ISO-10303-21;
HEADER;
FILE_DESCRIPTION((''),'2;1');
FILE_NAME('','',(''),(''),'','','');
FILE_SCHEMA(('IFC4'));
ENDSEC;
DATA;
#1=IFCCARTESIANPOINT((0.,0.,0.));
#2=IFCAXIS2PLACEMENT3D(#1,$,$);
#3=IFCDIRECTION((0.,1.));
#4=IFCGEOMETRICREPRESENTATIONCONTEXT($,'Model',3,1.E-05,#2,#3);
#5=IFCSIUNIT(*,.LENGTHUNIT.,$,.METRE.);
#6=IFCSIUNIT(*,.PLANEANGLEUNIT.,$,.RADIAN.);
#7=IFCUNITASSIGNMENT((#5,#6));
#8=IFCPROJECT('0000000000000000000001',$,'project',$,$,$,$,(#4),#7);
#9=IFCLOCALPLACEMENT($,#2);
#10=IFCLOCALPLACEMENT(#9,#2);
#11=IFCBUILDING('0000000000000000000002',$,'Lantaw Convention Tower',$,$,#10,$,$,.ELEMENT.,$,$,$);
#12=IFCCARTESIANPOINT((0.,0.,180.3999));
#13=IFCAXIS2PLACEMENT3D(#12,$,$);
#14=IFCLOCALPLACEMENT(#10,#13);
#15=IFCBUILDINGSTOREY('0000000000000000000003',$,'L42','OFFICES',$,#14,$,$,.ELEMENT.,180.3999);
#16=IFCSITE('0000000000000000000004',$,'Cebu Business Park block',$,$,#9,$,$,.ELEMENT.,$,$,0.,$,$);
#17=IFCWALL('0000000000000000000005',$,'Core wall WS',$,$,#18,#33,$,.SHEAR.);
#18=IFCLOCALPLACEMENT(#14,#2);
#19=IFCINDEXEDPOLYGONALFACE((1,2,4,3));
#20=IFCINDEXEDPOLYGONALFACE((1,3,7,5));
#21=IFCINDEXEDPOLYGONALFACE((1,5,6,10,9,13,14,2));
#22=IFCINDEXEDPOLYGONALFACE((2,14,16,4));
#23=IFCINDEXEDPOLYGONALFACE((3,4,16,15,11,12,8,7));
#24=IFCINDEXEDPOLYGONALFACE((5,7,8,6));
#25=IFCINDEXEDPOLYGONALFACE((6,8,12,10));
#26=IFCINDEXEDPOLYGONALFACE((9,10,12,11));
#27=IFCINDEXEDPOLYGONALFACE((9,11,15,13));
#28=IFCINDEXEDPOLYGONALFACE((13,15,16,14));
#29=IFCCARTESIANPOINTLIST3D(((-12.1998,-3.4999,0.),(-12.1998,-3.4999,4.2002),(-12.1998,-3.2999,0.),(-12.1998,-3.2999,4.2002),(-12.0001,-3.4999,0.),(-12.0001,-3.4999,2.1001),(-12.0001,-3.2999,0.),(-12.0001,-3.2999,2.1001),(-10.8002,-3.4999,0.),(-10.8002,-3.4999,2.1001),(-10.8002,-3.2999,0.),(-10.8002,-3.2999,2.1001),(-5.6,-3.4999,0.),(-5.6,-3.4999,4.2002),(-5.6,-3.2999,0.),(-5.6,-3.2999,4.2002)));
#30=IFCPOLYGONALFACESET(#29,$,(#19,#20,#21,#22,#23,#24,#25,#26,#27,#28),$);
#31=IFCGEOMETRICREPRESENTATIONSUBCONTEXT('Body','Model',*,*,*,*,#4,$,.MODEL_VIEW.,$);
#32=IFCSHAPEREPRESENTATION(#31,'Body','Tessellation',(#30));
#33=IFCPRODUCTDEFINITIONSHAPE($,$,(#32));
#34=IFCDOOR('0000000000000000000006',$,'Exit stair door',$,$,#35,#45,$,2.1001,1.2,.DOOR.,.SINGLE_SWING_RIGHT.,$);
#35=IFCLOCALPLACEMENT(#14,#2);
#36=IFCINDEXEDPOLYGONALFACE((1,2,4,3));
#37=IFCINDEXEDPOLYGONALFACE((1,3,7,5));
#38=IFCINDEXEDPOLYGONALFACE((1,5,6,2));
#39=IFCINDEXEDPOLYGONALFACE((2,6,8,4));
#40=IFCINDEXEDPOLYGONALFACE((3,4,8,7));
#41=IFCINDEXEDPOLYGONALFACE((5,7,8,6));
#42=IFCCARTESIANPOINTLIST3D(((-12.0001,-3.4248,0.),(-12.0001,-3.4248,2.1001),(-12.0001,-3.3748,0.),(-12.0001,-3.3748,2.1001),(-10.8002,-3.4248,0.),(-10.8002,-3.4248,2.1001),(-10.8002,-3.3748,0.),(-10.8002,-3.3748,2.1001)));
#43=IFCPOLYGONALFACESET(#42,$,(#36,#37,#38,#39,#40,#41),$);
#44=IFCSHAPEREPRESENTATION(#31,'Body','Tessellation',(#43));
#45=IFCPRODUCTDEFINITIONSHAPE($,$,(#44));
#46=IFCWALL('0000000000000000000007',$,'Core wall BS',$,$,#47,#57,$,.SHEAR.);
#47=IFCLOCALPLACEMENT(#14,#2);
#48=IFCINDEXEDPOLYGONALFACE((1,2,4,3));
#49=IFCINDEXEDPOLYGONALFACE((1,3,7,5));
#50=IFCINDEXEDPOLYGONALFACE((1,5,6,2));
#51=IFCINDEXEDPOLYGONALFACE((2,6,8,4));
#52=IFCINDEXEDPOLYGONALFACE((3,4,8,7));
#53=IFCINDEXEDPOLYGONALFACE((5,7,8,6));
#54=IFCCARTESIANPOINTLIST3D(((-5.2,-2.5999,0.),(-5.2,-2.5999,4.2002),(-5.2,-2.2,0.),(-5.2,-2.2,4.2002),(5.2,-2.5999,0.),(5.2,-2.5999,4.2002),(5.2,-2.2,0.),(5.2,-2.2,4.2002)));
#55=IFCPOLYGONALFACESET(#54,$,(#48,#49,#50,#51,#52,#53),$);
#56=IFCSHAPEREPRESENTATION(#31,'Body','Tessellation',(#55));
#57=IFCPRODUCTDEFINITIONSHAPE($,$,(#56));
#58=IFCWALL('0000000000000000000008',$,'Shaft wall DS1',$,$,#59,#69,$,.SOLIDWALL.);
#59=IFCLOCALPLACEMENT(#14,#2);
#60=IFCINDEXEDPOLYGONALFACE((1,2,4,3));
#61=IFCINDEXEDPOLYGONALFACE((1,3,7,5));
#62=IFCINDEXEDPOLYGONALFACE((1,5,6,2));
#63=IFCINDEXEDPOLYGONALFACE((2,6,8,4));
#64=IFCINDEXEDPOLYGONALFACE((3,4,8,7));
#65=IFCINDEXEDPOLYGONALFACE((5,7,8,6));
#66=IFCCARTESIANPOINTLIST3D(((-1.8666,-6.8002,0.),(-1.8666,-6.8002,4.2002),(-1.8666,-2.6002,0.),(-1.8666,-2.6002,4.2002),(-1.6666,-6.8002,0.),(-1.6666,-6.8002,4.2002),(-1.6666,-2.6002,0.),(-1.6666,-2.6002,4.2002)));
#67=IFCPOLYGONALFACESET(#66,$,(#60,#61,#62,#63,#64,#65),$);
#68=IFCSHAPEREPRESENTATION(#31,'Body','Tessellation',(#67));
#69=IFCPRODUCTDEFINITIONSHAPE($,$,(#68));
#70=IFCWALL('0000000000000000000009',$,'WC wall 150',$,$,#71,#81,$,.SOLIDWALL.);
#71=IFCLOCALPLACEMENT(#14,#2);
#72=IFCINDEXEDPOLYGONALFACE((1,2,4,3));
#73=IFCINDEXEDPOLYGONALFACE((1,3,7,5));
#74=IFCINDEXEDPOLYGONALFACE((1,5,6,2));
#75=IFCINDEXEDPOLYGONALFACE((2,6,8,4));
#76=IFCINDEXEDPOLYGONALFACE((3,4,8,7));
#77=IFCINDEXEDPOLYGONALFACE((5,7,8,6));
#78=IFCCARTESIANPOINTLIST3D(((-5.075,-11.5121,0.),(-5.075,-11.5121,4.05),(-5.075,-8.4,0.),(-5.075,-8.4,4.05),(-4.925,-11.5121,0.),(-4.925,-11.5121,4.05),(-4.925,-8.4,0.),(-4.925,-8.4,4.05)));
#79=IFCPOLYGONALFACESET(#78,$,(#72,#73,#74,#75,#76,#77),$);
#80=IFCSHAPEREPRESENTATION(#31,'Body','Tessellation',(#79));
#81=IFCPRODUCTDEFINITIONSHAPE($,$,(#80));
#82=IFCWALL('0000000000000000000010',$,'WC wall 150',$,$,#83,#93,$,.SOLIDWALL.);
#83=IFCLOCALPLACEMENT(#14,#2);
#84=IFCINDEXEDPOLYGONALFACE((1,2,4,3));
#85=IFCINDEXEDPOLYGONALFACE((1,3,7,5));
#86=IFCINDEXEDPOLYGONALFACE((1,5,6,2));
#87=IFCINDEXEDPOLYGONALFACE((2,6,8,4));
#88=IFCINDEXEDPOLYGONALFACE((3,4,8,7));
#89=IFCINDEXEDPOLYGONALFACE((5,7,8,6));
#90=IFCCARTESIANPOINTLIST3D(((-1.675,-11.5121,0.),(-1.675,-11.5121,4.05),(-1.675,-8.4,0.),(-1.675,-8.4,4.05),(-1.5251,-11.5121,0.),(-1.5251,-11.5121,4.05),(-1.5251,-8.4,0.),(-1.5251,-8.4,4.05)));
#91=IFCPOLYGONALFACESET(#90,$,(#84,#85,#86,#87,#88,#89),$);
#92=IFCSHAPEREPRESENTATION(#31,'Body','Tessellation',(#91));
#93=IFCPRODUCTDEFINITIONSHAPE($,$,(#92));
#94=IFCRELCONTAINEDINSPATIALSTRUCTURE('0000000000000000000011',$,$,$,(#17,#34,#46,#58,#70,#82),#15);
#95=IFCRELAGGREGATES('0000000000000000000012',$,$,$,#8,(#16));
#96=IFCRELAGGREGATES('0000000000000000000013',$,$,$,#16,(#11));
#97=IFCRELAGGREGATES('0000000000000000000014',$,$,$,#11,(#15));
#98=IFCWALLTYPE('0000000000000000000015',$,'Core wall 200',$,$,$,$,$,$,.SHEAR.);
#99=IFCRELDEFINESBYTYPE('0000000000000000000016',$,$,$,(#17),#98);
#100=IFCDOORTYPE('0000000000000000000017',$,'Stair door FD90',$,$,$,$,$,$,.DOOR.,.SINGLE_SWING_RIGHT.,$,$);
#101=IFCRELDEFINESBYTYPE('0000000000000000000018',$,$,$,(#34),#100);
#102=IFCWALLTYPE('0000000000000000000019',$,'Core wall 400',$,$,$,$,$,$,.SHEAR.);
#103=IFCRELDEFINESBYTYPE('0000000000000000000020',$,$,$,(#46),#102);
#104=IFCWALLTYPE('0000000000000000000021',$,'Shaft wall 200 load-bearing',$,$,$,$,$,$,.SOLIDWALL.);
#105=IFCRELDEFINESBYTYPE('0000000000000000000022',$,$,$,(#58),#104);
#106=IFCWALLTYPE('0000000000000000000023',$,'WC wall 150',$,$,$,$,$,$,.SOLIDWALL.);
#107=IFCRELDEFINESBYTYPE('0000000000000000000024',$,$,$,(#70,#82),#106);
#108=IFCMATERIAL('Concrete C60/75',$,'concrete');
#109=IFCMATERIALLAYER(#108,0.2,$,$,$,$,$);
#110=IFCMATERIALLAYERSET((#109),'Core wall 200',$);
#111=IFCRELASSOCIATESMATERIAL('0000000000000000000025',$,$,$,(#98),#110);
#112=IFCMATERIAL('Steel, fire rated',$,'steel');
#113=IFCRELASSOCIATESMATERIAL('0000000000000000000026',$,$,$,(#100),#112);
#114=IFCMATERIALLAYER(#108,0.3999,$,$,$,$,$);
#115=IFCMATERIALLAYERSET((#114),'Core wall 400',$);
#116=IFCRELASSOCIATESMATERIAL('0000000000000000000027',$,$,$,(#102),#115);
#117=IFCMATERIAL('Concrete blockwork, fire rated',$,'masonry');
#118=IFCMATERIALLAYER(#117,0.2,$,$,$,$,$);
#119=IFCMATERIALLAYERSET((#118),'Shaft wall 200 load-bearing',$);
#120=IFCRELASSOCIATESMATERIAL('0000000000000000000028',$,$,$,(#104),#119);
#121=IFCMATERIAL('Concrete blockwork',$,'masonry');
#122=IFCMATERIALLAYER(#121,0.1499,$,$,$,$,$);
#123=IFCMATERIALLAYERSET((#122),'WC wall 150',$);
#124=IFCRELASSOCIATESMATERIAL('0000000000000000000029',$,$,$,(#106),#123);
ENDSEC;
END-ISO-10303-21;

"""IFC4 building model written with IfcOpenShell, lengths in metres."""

from ifc_helpers import new_model, si_unit, direction, frame, frame_2d, origin, place, context, subcontext, project, spatial, rectangle, extrude, material, layer, layer_set, type_object, element, fill, save


model = new_model("IFC4")

# Units and contexts
model_context = context("Model", 3, precision=1e-05, world=origin(), true_north=direction((0.0, 1.0)))
body_context = subcontext(model_context, "Body", "Model", "MODEL_VIEW")
ifc_project = project(units=[si_unit("LENGTHUNIT", "METRE"), si_unit("PLANEANGLEUNIT", "RADIAN")], contexts=[model_context])

# Site, building, storey
site_placement = place(None, origin())
site = spatial("IfcSite", under=ifc_project, at=site_placement, Name="Cebu Business Park block", CompositionType="ELEMENT", RefElevation=0.0)
building_placement = place(site_placement, origin())
building = spatial("IfcBuilding", under=site, at=building_placement, Name="Lantaw Convention Tower", CompositionType="ELEMENT")
storey_placement = place(building_placement, frame((0.0, 0.0, 180.3999)))
storey = spatial("IfcBuildingStorey", under=building, at=storey_placement, Name="L42", Description="OFFICES", CompositionType="ELEMENT", Elevation=180.3999)

# Shared definitions
ifc_material_1 = material(Name="Concrete C60/75", Category="concrete")

# Wall, opening, door
ifc_layer_1 = layer(ifc_material_1, 0.2)
ifc_layer_set_1 = layer_set([ifc_layer_1], Name="Core wall 200")
wall_type_1 = type_object("IfcWallType", Name="Core wall 200", PredefinedType="SHEAR", material=ifc_layer_set_1)
wall_1_placement = place(storey_placement, frame((-5.6001, -3.3999, 0.0), z_axis=(0.0, 0.0, 1.0), x_axis=(-1.0, 0.0, 0.0)))
wall_1 = element("IfcWall", 1, at=wall_1_placement, inside=storey, type_object=wall_type_1, Name="Core wall WS", PredefinedType="SHEAR", context=body_context, shape_type="SweptSolid", body=[
    extrude(rectangle(XDim=6.5999, YDim=0.2, at=frame_2d((3.2998, 0.0))), origin(), (0.0, 0.0, 1.0), 4.2002),
])
opening_placement = place(wall_1_placement, frame((5.2, 0.0, 0.0)))
opening = element("IfcOpeningElement", 2, at=opening_placement, cuts=wall_1, PredefinedType="OPENING", context=body_context, shape_type="SweptSolid", body=[
    extrude(rectangle(XDim=1.2, YDim=2.1001, at=frame_2d((0.6001, 1.05))), frame((0.0, 0.1099, 0.0), z_axis=(0.0, -1.0, 0.0), x_axis=(1.0, 0.0, 0.0)), (0.0, 0.0, 1.0), 0.22),
])
ifc_material_2 = material(Name="Steel, fire rated", Category="steel")
door_type = type_object("IfcDoorType", Name="Stair door FD90", OperationType="SINGLE_SWING_RIGHT", PredefinedType="DOOR", material=ifc_material_2)
door_placement = place(opening_placement, origin())
door = element("IfcDoor", 3, at=door_placement, inside=storey, type_object=door_type, Name="Exit stair door", OperationType="SINGLE_SWING_RIGHT", OverallHeight=2.1001, OverallWidth=1.2, PredefinedType="DOOR", context=body_context, shape_type="SweptSolid", body=[
    extrude(rectangle(XDim=1.2, YDim=2.1001, at=frame_2d((0.6001, 1.05))), frame((0.0, 0.0249, 0.0), z_axis=(0.0, -1.0, 0.0), x_axis=(1.0, 0.0, 0.0)), (0.0, 0.0, 1.0), 0.05),
])
fill(opening, door)

# Walls
ifc_layer_2 = layer(ifc_material_1, 0.3999)
ifc_layer_set_2 = layer_set([ifc_layer_2], Name="Core wall 400")
wall_type_2 = type_object("IfcWallType", Name="Core wall 400", PredefinedType="SHEAR", material=ifc_layer_set_2)
wall_2_placement = place(storey_placement, frame((-5.2, -2.3999, 0.0), z_axis=(0.0, 0.0, 1.0), x_axis=(1.0, 0.0, 0.0)))
element("IfcWall", 4, at=wall_2_placement, inside=storey, type_object=wall_type_2, Name="Core wall BS", PredefinedType="SHEAR", context=body_context, shape_type="SweptSolid", body=[
    extrude(rectangle(XDim=10.3999, YDim=0.3999, at=frame_2d((5.2, 0.0))), origin(), (0.0, 0.0, 1.0), 4.2002),
])
ifc_material_3 = material(Name="Concrete blockwork, fire rated", Category="masonry")
ifc_layer_3 = layer(ifc_material_3, 0.2)
ifc_layer_set_3 = layer_set([ifc_layer_3], Name="Shaft wall 200 load-bearing")
wall_type_3 = type_object("IfcWallType", Name="Shaft wall 200 load-bearing", PredefinedType="SOLIDWALL", material=ifc_layer_set_3)
wall_3_placement = place(storey_placement, frame((-1.7666, -2.6001, 0.0), z_axis=(0.0, 0.0, 1.0), x_axis=(0.0, -1.0, 0.0)))
element("IfcWall", 5, at=wall_3_placement, inside=storey, type_object=wall_type_3, Name="Shaft wall DS1", PredefinedType="SOLIDWALL", context=body_context, shape_type="SweptSolid", body=[
    extrude(rectangle(XDim=4.2, YDim=0.2, at=frame_2d((2.1001, 0.0))), origin(), (0.0, 0.0, 1.0), 4.2002),
])
ifc_material_4 = material(Name="Concrete blockwork", Category="masonry")
ifc_layer_4 = layer(ifc_material_4, 0.1499)
ifc_layer_set_4 = layer_set([ifc_layer_4], Name="WC wall 150")
wall_type_4 = type_object("IfcWallType", Name="WC wall 150", PredefinedType="SOLIDWALL", material=ifc_layer_set_4)
for number, where, z_axis, x_axis, name in (
    (6, (-5.0, -8.3999, 0.0), (0.0, 0.0, 1.0), (0.0, -1.0, 0.0), "WC wall 150"),
    (7, (-1.6001, -8.3999, 0.0), (0.0, 0.0, 1.0), (0.0, -1.0, 0.0), "WC wall 150"),
):
    element("IfcWall", number, at=place(storey_placement, frame(where, z_axis=z_axis, x_axis=x_axis)), inside=storey, type_object=wall_type_4, Name=name, PredefinedType="SOLIDWALL", context=body_context, shape_type="SweptSolid", body=[
        extrude(rectangle(XDim=3.1121, YDim=0.1499, at=frame_2d((1.5562, 0.0))), origin(), (0.0, 0.0, 1.0), 4.05),
    ])

save(model, "model.ifc")
